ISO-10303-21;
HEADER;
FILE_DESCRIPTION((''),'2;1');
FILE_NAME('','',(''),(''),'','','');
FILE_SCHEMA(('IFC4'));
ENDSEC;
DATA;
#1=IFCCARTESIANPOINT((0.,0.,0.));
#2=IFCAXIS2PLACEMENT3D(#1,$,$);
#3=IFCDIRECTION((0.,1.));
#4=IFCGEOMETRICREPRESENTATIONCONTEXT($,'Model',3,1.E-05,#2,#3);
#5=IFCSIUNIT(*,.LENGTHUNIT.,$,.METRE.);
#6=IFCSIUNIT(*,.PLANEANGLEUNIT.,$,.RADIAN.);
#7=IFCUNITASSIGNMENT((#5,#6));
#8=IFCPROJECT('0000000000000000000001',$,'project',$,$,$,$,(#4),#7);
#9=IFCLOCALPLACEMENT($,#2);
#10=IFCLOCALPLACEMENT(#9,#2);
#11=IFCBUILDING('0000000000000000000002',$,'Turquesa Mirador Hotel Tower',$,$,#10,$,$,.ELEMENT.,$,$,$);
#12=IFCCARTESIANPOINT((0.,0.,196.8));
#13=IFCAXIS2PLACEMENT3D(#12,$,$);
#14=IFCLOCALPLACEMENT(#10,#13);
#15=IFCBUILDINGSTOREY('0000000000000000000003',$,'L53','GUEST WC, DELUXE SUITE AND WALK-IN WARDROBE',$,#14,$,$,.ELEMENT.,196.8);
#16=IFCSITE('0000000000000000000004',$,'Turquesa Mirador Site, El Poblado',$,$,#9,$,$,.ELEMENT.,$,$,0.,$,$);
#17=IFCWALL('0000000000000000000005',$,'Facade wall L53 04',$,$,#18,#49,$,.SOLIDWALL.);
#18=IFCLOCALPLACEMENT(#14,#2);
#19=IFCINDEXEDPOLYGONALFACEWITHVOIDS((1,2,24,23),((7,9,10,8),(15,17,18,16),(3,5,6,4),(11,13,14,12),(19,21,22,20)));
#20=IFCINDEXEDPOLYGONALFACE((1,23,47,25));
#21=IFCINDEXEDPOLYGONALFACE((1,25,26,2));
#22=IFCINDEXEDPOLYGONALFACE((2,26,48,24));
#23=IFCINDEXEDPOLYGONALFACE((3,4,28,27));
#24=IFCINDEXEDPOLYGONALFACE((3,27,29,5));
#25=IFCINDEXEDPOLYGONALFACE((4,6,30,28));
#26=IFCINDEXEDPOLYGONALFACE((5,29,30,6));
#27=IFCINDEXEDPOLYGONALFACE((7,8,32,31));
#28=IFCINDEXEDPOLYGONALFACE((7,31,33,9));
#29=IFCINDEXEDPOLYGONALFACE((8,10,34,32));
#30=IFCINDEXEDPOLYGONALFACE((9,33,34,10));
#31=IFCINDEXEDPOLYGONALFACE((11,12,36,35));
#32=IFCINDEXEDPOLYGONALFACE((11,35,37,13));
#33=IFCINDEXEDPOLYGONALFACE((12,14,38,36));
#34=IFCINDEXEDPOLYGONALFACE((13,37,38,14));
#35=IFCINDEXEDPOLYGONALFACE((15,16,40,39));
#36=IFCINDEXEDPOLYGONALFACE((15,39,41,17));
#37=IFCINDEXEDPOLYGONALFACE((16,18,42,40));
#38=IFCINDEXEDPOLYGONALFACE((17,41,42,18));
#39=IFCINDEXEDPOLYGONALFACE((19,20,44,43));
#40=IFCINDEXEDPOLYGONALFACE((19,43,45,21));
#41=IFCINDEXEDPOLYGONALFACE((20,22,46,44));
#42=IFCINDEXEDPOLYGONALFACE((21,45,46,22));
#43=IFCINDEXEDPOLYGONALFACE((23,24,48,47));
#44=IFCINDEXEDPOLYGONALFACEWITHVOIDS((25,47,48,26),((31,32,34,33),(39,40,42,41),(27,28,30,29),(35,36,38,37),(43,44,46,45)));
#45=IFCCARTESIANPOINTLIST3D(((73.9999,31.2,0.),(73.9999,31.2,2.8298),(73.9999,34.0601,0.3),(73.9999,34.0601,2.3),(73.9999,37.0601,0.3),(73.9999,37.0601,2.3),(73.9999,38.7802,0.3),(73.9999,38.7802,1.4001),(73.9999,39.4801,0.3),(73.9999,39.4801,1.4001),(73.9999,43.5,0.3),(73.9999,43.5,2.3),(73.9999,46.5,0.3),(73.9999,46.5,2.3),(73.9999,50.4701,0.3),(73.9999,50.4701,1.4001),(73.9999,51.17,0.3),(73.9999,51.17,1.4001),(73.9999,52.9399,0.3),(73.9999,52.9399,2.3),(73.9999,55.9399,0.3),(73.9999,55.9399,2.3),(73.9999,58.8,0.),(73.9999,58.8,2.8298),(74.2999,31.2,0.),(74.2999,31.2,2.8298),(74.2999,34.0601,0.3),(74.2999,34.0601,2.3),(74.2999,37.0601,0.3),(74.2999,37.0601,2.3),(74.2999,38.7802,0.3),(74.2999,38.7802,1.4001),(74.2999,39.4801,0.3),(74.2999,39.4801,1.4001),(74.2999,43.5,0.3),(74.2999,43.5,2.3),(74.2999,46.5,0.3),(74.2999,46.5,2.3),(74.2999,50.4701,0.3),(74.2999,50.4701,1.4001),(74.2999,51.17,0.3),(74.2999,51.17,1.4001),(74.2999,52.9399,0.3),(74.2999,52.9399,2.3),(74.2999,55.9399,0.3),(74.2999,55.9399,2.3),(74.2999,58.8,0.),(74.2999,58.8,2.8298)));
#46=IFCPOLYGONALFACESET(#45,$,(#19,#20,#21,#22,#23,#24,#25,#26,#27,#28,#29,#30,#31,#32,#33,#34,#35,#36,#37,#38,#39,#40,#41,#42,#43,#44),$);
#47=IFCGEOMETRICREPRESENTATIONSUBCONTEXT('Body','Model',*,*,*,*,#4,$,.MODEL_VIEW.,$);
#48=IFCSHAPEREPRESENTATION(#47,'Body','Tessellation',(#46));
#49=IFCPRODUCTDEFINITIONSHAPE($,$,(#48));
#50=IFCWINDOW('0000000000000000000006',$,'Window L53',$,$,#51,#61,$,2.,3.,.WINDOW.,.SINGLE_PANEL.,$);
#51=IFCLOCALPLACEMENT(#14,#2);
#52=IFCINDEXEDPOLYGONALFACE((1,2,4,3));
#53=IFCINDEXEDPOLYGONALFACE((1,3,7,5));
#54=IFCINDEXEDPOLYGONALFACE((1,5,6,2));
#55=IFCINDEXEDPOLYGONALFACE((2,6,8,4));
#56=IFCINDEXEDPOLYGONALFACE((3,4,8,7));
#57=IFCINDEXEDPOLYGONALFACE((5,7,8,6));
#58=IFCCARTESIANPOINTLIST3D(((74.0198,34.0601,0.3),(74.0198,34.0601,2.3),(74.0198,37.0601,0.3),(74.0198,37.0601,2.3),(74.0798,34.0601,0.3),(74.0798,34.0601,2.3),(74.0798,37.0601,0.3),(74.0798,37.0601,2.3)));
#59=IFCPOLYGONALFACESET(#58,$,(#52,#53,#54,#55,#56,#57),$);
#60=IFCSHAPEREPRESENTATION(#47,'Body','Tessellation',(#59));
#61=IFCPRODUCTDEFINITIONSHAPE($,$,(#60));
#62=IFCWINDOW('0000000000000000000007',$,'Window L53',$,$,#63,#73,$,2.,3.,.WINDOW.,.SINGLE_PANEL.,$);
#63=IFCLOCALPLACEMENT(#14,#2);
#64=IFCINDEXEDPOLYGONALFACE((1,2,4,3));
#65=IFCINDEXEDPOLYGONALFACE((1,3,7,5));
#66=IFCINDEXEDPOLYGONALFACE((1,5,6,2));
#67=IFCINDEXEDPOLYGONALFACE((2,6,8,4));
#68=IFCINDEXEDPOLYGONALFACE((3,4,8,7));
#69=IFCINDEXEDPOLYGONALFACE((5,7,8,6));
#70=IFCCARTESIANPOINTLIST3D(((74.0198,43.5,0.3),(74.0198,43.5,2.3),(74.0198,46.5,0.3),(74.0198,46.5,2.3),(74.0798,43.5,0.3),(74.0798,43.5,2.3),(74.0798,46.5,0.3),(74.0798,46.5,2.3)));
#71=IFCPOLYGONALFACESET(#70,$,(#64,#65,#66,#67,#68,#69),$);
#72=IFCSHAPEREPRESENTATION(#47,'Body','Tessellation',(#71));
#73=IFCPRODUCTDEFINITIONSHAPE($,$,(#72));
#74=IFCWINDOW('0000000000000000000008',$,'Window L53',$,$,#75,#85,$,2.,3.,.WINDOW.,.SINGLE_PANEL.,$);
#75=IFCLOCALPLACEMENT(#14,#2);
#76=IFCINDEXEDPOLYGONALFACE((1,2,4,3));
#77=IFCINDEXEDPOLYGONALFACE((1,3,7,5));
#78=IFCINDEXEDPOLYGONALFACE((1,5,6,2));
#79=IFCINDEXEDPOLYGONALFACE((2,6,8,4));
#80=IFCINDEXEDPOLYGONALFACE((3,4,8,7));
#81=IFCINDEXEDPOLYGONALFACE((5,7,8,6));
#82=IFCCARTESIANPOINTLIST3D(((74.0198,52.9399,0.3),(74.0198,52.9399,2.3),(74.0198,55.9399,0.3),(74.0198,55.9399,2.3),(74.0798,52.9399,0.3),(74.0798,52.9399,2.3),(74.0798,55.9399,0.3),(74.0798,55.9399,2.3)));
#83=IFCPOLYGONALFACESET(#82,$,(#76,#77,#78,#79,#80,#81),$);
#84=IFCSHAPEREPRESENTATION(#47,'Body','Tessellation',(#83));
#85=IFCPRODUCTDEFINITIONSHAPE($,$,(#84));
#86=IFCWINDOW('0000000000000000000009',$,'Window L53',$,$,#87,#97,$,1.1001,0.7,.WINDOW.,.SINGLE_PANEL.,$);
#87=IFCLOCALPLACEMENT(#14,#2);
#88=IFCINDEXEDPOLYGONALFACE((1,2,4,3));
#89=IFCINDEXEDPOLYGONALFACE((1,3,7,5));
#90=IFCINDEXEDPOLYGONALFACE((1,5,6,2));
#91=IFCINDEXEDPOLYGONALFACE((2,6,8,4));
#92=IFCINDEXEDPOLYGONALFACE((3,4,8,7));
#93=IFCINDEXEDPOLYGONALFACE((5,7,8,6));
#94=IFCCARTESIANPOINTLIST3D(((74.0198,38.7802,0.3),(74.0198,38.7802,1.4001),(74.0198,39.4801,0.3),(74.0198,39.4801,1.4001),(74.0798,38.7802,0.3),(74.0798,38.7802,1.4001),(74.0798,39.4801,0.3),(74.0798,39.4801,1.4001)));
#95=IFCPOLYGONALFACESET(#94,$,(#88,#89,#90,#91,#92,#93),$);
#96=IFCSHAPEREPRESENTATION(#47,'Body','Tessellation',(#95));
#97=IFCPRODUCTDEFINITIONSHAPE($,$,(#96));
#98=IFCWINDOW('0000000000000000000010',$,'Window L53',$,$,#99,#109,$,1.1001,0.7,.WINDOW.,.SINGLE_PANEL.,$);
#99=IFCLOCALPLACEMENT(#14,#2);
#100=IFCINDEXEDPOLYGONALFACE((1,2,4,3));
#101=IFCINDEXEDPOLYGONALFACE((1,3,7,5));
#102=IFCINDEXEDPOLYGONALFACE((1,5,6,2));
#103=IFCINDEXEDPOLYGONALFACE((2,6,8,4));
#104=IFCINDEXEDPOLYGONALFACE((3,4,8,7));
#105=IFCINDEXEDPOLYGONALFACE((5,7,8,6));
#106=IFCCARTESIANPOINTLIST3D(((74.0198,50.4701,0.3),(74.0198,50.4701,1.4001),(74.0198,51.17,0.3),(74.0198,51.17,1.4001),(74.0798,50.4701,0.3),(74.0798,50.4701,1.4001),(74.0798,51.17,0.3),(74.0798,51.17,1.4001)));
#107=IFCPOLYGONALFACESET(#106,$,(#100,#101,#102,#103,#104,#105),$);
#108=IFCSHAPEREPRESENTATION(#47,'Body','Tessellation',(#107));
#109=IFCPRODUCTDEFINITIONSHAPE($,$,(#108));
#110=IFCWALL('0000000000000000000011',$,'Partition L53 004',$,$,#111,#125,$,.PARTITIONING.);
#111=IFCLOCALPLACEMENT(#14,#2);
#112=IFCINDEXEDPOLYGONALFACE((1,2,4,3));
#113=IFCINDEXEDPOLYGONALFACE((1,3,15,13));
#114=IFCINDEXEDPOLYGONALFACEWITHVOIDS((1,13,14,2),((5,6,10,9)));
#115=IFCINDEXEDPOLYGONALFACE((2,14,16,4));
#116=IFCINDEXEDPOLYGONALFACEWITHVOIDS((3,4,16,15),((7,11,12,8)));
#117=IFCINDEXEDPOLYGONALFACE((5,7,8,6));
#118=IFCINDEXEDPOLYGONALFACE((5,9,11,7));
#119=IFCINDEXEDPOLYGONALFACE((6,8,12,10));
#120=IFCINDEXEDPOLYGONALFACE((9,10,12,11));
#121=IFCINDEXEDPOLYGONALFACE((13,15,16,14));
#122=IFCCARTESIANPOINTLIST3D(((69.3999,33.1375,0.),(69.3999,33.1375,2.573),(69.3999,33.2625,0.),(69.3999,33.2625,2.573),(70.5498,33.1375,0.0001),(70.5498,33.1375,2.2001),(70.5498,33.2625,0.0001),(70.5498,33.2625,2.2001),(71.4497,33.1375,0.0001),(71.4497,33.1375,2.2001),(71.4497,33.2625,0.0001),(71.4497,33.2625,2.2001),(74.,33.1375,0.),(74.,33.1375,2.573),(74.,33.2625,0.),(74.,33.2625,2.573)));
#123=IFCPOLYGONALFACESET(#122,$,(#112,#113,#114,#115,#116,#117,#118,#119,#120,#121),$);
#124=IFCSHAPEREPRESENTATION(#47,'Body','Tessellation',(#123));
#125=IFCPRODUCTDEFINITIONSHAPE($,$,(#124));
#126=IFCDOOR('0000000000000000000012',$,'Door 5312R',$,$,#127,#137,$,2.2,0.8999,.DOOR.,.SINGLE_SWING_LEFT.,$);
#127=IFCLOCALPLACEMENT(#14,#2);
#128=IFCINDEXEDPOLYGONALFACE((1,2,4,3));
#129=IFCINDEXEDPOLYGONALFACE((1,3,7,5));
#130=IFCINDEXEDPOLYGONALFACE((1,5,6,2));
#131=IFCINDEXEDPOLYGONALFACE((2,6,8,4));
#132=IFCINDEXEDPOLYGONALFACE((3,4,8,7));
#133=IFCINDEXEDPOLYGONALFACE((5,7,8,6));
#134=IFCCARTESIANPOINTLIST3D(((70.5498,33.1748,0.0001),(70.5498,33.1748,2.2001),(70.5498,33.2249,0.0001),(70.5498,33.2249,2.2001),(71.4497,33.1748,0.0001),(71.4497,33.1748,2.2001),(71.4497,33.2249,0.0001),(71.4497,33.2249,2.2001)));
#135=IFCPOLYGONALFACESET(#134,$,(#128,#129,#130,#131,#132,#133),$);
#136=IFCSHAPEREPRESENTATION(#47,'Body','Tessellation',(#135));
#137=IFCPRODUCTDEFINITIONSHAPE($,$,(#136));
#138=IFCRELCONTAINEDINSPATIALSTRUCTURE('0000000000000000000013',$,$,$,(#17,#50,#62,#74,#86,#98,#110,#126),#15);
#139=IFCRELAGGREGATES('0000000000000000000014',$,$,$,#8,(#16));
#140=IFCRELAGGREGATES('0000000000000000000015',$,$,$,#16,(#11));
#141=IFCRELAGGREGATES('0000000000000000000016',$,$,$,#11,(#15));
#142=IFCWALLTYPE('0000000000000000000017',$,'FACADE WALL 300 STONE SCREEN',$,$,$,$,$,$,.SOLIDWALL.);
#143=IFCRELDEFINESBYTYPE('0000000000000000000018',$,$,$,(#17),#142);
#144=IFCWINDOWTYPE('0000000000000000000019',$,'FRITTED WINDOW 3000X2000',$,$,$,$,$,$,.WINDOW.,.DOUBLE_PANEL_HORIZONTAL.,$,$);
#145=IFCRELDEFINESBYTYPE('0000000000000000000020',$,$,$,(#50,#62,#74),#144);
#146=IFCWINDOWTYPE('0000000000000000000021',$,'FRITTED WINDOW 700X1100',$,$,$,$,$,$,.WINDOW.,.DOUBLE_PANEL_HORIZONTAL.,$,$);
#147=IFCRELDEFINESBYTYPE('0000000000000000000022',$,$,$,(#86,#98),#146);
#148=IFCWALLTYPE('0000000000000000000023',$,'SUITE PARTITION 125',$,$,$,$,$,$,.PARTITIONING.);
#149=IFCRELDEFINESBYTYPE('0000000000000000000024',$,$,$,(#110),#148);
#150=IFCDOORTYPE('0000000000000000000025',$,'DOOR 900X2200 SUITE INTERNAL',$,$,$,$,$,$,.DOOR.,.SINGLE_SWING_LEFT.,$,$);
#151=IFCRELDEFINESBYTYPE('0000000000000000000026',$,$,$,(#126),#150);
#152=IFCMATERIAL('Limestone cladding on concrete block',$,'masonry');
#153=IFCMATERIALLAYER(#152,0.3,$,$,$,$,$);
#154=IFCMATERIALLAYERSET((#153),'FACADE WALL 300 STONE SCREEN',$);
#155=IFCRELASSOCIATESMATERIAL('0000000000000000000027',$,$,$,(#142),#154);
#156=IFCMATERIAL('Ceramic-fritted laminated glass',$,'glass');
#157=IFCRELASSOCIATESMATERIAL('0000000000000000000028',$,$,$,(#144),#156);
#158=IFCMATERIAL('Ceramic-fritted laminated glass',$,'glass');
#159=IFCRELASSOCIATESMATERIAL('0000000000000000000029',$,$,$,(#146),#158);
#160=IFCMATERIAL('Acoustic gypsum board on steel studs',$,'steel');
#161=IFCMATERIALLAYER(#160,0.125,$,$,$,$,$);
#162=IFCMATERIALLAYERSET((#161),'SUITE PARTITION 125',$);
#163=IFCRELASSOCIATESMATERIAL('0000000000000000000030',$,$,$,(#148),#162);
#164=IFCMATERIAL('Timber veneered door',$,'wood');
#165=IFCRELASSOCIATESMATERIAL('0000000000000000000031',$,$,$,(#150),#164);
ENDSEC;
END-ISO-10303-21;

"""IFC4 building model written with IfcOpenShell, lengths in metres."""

from ifc_helpers import new_model, si_unit, direction, frame, frame_2d, origin, place, context, subcontext, project, spatial, rectangle, extrude, material, layer, layer_set, type_object, element, fill, save


model = new_model("IFC4")

# Units and contexts
model_context = context("Model", 3, precision=1e-05, world=origin(), true_north=direction((0.0, 1.0)))
body_context = subcontext(model_context, "Body", "Model", "MODEL_VIEW")
ifc_project = project(units=[si_unit("LENGTHUNIT", "METRE"), si_unit("PLANEANGLEUNIT", "RADIAN")], contexts=[model_context])

# Site, building, storey
site_placement = place(None, origin())
site = spatial("IfcSite", under=ifc_project, at=site_placement, Name="Turquesa Mirador Site, El Poblado", CompositionType="ELEMENT", RefElevation=0.0)
building_placement = place(site_placement, origin())
building = spatial("IfcBuilding", under=site, at=building_placement, Name="Turquesa Mirador Hotel Tower", CompositionType="ELEMENT")
storey_placement = place(building_placement, frame((0.0, 0.0, 196.8)))
storey = spatial("IfcBuildingStorey", under=building, at=storey_placement, Name="L53", Description="GUEST WC, DELUXE SUITE AND WALK-IN WARDROBE", CompositionType="ELEMENT", Elevation=196.8)

# Shared definitions
ifc_material_1 = material(Name="Limestone cladding on concrete block", Category="masonry")
ifc_layer_1 = layer(ifc_material_1, 0.3)
ifc_layer_set_1 = layer_set([ifc_layer_1], Name="FACADE WALL 300 STONE SCREEN")
wall_type_1 = type_object("IfcWallType", Name="FACADE WALL 300 STONE SCREEN", PredefinedType="SOLIDWALL", material=ifc_layer_set_1)

# Wall, openings, windows
wall_1_placement = place(storey_placement, frame((74.1499, 31.2, 0.0), z_axis=(0.0, 0.0, 1.0), x_axis=(0.0, 1.0, 0.0)))
wall_1 = element("IfcWall", 1, at=wall_1_placement, inside=storey, type_object=wall_type_1, Name="Facade wall L53 04", PredefinedType="SOLIDWALL", context=body_context, shape_type="SweptSolid", body=[
    extrude(rectangle(XDim=27.6001, YDim=0.3, at=frame_2d((13.8, 0.0))), origin(), (0.0, 0.0, 1.0), 2.8298),
])
opening_1_placement = place(wall_1_placement, frame((2.8601, 0.0, 0.3)))
opening_1 = element("IfcOpeningElement", 2, at=opening_1_placement, cuts=wall_1, PredefinedType="OPENING", context=body_context, shape_type="SweptSolid", body=[
    extrude(rectangle(XDim=3.0, YDim=2.0, at=frame_2d((1.5, 1.0))), frame((0.0, 0.1599, 0.0), z_axis=(0.0, -1.0, 0.0), x_axis=(1.0, 0.0, 0.0)), (0.0, 0.0, 1.0), 0.3201),
])
opening_2_placement = place(wall_1_placement, frame((7.5801, 0.0, 0.3)))
opening_2 = element("IfcOpeningElement", 3, at=opening_2_placement, cuts=wall_1, PredefinedType="OPENING", context=body_context, shape_type="SweptSolid", body=[
    extrude(rectangle(XDim=0.7, YDim=1.1001, at=frame_2d((0.3501, 0.55))), frame((0.0, 0.1599, 0.0), z_axis=(0.0, -1.0, 0.0), x_axis=(1.0, 0.0, 0.0)), (0.0, 0.0, 1.0), 0.3201),
])
opening_3_placement = place(wall_1_placement, frame((12.3, 0.0, 0.3)))
opening_3 = element("IfcOpeningElement", 4, at=opening_3_placement, cuts=wall_1, PredefinedType="OPENING", context=body_context, shape_type="SweptSolid", body=[
    extrude(rectangle(XDim=3.0, YDim=2.0, at=frame_2d((1.5, 1.0))), frame((0.0, 0.1599, 0.0), z_axis=(0.0, -1.0, 0.0), x_axis=(1.0, 0.0, 0.0)), (0.0, 0.0, 1.0), 0.3201),
])
opening_4_placement = place(wall_1_placement, frame((19.27, 0.0, 0.3)))
opening_4 = element("IfcOpeningElement", 5, at=opening_4_placement, cuts=wall_1, PredefinedType="OPENING", context=body_context, shape_type="SweptSolid", body=[
    extrude(rectangle(XDim=0.7, YDim=1.1001, at=frame_2d((0.3501, 0.55))), frame((0.0, 0.1599, 0.0), z_axis=(0.0, -1.0, 0.0), x_axis=(1.0, 0.0, 0.0)), (0.0, 0.0, 1.0), 0.3201),
])
opening_5_placement = place(wall_1_placement, frame((21.74, 0.0, 0.3)))
opening_5 = element("IfcOpeningElement", 6, at=opening_5_placement, cuts=wall_1, PredefinedType="OPENING", context=body_context, shape_type="SweptSolid", body=[
    extrude(rectangle(XDim=3.0, YDim=2.0, at=frame_2d((1.5, 1.0))), frame((0.0, 0.1599, 0.0), z_axis=(0.0, -1.0, 0.0), x_axis=(1.0, 0.0, 0.0)), (0.0, 0.0, 1.0), 0.3201),
])
ifc_material_2 = material(Name="Ceramic-fritted laminated glass", Category="glass")
window_type_1 = type_object("IfcWindowType", Name="FRITTED WINDOW 3000X2000", PartitioningType="DOUBLE_PANEL_HORIZONTAL", PredefinedType="WINDOW", material=ifc_material_2)
window_1_placement = place(opening_1_placement, origin())
window_1 = element("IfcWindow", 7, at=window_1_placement, inside=storey, type_object=window_type_1, Name="Window L53", OverallHeight=2.0, OverallWidth=3.0, PartitioningType="SINGLE_PANEL", PredefinedType="WINDOW", context=body_context, shape_type="SweptSolid", body=[
    extrude(rectangle(XDim=3.0, YDim=2.0, at=frame_2d((1.5, 1.0))), frame((0.0, 0.1301, 0.0), z_axis=(0.0, -1.0, 0.0), x_axis=(1.0, 0.0, 0.0)), (0.0, 0.0, 1.0), 0.0601),
])
fill(opening_1, window_1)
window_2_placement = place(opening_3_placement, origin())
window_2 = element("IfcWindow", 8, at=window_2_placement, inside=storey, type_object=window_type_1, Name="Window L53", OverallHeight=2.0, OverallWidth=3.0, PartitioningType="SINGLE_PANEL", PredefinedType="WINDOW", context=body_context, shape_type="SweptSolid", body=[
    extrude(rectangle(XDim=3.0, YDim=2.0, at=frame_2d((1.5, 1.0))), frame((0.0, 0.1301, 0.0), z_axis=(0.0, -1.0, 0.0), x_axis=(1.0, 0.0, 0.0)), (0.0, 0.0, 1.0), 0.0601),
])
fill(opening_3, window_2)
window_3_placement = place(opening_5_placement, origin())
window_3 = element("IfcWindow", 9, at=window_3_placement, inside=storey, type_object=window_type_1, Name="Window L53", OverallHeight=2.0, OverallWidth=3.0, PartitioningType="SINGLE_PANEL", PredefinedType="WINDOW", context=body_context, shape_type="SweptSolid", body=[
    extrude(rectangle(XDim=3.0, YDim=2.0, at=frame_2d((1.5, 1.0))), frame((0.0, 0.1301, 0.0), z_axis=(0.0, -1.0, 0.0), x_axis=(1.0, 0.0, 0.0)), (0.0, 0.0, 1.0), 0.0601),
])
fill(opening_5, window_3)
ifc_material_3 = material(Name="Ceramic-fritted laminated glass", Category="glass")
window_type_2 = type_object("IfcWindowType", Name="FRITTED WINDOW 700X1100", PartitioningType="DOUBLE_PANEL_HORIZONTAL", PredefinedType="WINDOW", material=ifc_material_3)
window_4_placement = place(opening_2_placement, origin())
window_4 = element("IfcWindow", 10, at=window_4_placement, inside=storey, type_object=window_type_2, Name="Window L53", OverallHeight=1.1001, OverallWidth=0.7, PartitioningType="SINGLE_PANEL", PredefinedType="WINDOW", context=body_context, shape_type="SweptSolid", body=[
    extrude(rectangle(XDim=0.7, YDim=1.1001, at=frame_2d((0.3501, 0.55))), frame((0.0, 0.1301, 0.0), z_axis=(0.0, -1.0, 0.0), x_axis=(1.0, 0.0, 0.0)), (0.0, 0.0, 1.0), 0.0601),
])
fill(opening_2, window_4)
window_5_placement = place(opening_4_placement, origin())
window_5 = element("IfcWindow", 11, at=window_5_placement, inside=storey, type_object=window_type_2, Name="Window L53", OverallHeight=1.1001, OverallWidth=0.7, PartitioningType="SINGLE_PANEL", PredefinedType="WINDOW", context=body_context, shape_type="SweptSolid", body=[
    extrude(rectangle(XDim=0.7, YDim=1.1001, at=frame_2d((0.3501, 0.55))), frame((0.0, 0.1301, 0.0), z_axis=(0.0, -1.0, 0.0), x_axis=(1.0, 0.0, 0.0)), (0.0, 0.0, 1.0), 0.0601),
])
fill(opening_4, window_5)

# Wall, opening, door
ifc_material_4 = material(Name="Acoustic gypsum board on steel studs", Category="steel")
ifc_layer_2 = layer(ifc_material_4, 0.125)
ifc_layer_set_2 = layer_set([ifc_layer_2], Name="SUITE PARTITION 125")
wall_type_2 = type_object("IfcWallType", Name="SUITE PARTITION 125", PredefinedType="PARTITIONING", material=ifc_layer_set_2)
wall_2_placement = place(storey_placement, frame((69.3999, 33.2, 0.0), z_axis=(0.0, 0.0, 1.0), x_axis=(1.0, 0.0, 0.0)))
wall_2 = element("IfcWall", 12, at=wall_2_placement, inside=storey, type_object=wall_type_2, Name="Partition L53 004", PredefinedType="PARTITIONING", context=body_context, shape_type="SweptSolid", body=[
    extrude(rectangle(XDim=4.6001, YDim=0.125, at=frame_2d((2.3, 0.0))), origin(), (0.0, 0.0, 1.0), 2.573),
])
opening_6_placement = place(wall_2_placement, frame((1.1499, 0.0, 0.0)))
opening_6 = element("IfcOpeningElement", 13, at=opening_6_placement, cuts=wall_2, PredefinedType="OPENING", context=body_context, shape_type="SweptSolid", body=[
    extrude(rectangle(XDim=0.8999, YDim=2.2, at=frame_2d((0.45, 1.1001))), frame((0.0, 0.0725, 0.0), z_axis=(0.0, -1.0, 0.0), x_axis=(1.0, 0.0, 0.0)), (0.0, 0.0, 1.0), 0.145),
])
ifc_material_5 = material(Name="Timber veneered door", Category="wood")
door_type_1 = type_object("IfcDoorType", Name="DOOR 900X2200 SUITE INTERNAL", OperationType="SINGLE_SWING_LEFT", PredefinedType="DOOR", material=ifc_material_5)
door_1_placement = place(opening_6_placement, origin())
door_1 = element("IfcDoor", 14, at=door_1_placement, inside=storey, type_object=door_type_1, Name="Door 5312R", OperationType="SINGLE_SWING_LEFT", OverallHeight=2.2, OverallWidth=0.8999, PredefinedType="DOOR", context=body_context, shape_type="SweptSolid", body=[
    extrude(rectangle(XDim=0.8999, YDim=2.2, at=frame_2d((0.45, 1.1001))), frame((0.0, 0.0249, 0.0), z_axis=(0.0, -1.0, 0.0), x_axis=(1.0, 0.0, 0.0)), (0.0, 0.0, 1.0), 0.05),
])
fill(opening_6, door_1)

save(model, "model.ifc")
